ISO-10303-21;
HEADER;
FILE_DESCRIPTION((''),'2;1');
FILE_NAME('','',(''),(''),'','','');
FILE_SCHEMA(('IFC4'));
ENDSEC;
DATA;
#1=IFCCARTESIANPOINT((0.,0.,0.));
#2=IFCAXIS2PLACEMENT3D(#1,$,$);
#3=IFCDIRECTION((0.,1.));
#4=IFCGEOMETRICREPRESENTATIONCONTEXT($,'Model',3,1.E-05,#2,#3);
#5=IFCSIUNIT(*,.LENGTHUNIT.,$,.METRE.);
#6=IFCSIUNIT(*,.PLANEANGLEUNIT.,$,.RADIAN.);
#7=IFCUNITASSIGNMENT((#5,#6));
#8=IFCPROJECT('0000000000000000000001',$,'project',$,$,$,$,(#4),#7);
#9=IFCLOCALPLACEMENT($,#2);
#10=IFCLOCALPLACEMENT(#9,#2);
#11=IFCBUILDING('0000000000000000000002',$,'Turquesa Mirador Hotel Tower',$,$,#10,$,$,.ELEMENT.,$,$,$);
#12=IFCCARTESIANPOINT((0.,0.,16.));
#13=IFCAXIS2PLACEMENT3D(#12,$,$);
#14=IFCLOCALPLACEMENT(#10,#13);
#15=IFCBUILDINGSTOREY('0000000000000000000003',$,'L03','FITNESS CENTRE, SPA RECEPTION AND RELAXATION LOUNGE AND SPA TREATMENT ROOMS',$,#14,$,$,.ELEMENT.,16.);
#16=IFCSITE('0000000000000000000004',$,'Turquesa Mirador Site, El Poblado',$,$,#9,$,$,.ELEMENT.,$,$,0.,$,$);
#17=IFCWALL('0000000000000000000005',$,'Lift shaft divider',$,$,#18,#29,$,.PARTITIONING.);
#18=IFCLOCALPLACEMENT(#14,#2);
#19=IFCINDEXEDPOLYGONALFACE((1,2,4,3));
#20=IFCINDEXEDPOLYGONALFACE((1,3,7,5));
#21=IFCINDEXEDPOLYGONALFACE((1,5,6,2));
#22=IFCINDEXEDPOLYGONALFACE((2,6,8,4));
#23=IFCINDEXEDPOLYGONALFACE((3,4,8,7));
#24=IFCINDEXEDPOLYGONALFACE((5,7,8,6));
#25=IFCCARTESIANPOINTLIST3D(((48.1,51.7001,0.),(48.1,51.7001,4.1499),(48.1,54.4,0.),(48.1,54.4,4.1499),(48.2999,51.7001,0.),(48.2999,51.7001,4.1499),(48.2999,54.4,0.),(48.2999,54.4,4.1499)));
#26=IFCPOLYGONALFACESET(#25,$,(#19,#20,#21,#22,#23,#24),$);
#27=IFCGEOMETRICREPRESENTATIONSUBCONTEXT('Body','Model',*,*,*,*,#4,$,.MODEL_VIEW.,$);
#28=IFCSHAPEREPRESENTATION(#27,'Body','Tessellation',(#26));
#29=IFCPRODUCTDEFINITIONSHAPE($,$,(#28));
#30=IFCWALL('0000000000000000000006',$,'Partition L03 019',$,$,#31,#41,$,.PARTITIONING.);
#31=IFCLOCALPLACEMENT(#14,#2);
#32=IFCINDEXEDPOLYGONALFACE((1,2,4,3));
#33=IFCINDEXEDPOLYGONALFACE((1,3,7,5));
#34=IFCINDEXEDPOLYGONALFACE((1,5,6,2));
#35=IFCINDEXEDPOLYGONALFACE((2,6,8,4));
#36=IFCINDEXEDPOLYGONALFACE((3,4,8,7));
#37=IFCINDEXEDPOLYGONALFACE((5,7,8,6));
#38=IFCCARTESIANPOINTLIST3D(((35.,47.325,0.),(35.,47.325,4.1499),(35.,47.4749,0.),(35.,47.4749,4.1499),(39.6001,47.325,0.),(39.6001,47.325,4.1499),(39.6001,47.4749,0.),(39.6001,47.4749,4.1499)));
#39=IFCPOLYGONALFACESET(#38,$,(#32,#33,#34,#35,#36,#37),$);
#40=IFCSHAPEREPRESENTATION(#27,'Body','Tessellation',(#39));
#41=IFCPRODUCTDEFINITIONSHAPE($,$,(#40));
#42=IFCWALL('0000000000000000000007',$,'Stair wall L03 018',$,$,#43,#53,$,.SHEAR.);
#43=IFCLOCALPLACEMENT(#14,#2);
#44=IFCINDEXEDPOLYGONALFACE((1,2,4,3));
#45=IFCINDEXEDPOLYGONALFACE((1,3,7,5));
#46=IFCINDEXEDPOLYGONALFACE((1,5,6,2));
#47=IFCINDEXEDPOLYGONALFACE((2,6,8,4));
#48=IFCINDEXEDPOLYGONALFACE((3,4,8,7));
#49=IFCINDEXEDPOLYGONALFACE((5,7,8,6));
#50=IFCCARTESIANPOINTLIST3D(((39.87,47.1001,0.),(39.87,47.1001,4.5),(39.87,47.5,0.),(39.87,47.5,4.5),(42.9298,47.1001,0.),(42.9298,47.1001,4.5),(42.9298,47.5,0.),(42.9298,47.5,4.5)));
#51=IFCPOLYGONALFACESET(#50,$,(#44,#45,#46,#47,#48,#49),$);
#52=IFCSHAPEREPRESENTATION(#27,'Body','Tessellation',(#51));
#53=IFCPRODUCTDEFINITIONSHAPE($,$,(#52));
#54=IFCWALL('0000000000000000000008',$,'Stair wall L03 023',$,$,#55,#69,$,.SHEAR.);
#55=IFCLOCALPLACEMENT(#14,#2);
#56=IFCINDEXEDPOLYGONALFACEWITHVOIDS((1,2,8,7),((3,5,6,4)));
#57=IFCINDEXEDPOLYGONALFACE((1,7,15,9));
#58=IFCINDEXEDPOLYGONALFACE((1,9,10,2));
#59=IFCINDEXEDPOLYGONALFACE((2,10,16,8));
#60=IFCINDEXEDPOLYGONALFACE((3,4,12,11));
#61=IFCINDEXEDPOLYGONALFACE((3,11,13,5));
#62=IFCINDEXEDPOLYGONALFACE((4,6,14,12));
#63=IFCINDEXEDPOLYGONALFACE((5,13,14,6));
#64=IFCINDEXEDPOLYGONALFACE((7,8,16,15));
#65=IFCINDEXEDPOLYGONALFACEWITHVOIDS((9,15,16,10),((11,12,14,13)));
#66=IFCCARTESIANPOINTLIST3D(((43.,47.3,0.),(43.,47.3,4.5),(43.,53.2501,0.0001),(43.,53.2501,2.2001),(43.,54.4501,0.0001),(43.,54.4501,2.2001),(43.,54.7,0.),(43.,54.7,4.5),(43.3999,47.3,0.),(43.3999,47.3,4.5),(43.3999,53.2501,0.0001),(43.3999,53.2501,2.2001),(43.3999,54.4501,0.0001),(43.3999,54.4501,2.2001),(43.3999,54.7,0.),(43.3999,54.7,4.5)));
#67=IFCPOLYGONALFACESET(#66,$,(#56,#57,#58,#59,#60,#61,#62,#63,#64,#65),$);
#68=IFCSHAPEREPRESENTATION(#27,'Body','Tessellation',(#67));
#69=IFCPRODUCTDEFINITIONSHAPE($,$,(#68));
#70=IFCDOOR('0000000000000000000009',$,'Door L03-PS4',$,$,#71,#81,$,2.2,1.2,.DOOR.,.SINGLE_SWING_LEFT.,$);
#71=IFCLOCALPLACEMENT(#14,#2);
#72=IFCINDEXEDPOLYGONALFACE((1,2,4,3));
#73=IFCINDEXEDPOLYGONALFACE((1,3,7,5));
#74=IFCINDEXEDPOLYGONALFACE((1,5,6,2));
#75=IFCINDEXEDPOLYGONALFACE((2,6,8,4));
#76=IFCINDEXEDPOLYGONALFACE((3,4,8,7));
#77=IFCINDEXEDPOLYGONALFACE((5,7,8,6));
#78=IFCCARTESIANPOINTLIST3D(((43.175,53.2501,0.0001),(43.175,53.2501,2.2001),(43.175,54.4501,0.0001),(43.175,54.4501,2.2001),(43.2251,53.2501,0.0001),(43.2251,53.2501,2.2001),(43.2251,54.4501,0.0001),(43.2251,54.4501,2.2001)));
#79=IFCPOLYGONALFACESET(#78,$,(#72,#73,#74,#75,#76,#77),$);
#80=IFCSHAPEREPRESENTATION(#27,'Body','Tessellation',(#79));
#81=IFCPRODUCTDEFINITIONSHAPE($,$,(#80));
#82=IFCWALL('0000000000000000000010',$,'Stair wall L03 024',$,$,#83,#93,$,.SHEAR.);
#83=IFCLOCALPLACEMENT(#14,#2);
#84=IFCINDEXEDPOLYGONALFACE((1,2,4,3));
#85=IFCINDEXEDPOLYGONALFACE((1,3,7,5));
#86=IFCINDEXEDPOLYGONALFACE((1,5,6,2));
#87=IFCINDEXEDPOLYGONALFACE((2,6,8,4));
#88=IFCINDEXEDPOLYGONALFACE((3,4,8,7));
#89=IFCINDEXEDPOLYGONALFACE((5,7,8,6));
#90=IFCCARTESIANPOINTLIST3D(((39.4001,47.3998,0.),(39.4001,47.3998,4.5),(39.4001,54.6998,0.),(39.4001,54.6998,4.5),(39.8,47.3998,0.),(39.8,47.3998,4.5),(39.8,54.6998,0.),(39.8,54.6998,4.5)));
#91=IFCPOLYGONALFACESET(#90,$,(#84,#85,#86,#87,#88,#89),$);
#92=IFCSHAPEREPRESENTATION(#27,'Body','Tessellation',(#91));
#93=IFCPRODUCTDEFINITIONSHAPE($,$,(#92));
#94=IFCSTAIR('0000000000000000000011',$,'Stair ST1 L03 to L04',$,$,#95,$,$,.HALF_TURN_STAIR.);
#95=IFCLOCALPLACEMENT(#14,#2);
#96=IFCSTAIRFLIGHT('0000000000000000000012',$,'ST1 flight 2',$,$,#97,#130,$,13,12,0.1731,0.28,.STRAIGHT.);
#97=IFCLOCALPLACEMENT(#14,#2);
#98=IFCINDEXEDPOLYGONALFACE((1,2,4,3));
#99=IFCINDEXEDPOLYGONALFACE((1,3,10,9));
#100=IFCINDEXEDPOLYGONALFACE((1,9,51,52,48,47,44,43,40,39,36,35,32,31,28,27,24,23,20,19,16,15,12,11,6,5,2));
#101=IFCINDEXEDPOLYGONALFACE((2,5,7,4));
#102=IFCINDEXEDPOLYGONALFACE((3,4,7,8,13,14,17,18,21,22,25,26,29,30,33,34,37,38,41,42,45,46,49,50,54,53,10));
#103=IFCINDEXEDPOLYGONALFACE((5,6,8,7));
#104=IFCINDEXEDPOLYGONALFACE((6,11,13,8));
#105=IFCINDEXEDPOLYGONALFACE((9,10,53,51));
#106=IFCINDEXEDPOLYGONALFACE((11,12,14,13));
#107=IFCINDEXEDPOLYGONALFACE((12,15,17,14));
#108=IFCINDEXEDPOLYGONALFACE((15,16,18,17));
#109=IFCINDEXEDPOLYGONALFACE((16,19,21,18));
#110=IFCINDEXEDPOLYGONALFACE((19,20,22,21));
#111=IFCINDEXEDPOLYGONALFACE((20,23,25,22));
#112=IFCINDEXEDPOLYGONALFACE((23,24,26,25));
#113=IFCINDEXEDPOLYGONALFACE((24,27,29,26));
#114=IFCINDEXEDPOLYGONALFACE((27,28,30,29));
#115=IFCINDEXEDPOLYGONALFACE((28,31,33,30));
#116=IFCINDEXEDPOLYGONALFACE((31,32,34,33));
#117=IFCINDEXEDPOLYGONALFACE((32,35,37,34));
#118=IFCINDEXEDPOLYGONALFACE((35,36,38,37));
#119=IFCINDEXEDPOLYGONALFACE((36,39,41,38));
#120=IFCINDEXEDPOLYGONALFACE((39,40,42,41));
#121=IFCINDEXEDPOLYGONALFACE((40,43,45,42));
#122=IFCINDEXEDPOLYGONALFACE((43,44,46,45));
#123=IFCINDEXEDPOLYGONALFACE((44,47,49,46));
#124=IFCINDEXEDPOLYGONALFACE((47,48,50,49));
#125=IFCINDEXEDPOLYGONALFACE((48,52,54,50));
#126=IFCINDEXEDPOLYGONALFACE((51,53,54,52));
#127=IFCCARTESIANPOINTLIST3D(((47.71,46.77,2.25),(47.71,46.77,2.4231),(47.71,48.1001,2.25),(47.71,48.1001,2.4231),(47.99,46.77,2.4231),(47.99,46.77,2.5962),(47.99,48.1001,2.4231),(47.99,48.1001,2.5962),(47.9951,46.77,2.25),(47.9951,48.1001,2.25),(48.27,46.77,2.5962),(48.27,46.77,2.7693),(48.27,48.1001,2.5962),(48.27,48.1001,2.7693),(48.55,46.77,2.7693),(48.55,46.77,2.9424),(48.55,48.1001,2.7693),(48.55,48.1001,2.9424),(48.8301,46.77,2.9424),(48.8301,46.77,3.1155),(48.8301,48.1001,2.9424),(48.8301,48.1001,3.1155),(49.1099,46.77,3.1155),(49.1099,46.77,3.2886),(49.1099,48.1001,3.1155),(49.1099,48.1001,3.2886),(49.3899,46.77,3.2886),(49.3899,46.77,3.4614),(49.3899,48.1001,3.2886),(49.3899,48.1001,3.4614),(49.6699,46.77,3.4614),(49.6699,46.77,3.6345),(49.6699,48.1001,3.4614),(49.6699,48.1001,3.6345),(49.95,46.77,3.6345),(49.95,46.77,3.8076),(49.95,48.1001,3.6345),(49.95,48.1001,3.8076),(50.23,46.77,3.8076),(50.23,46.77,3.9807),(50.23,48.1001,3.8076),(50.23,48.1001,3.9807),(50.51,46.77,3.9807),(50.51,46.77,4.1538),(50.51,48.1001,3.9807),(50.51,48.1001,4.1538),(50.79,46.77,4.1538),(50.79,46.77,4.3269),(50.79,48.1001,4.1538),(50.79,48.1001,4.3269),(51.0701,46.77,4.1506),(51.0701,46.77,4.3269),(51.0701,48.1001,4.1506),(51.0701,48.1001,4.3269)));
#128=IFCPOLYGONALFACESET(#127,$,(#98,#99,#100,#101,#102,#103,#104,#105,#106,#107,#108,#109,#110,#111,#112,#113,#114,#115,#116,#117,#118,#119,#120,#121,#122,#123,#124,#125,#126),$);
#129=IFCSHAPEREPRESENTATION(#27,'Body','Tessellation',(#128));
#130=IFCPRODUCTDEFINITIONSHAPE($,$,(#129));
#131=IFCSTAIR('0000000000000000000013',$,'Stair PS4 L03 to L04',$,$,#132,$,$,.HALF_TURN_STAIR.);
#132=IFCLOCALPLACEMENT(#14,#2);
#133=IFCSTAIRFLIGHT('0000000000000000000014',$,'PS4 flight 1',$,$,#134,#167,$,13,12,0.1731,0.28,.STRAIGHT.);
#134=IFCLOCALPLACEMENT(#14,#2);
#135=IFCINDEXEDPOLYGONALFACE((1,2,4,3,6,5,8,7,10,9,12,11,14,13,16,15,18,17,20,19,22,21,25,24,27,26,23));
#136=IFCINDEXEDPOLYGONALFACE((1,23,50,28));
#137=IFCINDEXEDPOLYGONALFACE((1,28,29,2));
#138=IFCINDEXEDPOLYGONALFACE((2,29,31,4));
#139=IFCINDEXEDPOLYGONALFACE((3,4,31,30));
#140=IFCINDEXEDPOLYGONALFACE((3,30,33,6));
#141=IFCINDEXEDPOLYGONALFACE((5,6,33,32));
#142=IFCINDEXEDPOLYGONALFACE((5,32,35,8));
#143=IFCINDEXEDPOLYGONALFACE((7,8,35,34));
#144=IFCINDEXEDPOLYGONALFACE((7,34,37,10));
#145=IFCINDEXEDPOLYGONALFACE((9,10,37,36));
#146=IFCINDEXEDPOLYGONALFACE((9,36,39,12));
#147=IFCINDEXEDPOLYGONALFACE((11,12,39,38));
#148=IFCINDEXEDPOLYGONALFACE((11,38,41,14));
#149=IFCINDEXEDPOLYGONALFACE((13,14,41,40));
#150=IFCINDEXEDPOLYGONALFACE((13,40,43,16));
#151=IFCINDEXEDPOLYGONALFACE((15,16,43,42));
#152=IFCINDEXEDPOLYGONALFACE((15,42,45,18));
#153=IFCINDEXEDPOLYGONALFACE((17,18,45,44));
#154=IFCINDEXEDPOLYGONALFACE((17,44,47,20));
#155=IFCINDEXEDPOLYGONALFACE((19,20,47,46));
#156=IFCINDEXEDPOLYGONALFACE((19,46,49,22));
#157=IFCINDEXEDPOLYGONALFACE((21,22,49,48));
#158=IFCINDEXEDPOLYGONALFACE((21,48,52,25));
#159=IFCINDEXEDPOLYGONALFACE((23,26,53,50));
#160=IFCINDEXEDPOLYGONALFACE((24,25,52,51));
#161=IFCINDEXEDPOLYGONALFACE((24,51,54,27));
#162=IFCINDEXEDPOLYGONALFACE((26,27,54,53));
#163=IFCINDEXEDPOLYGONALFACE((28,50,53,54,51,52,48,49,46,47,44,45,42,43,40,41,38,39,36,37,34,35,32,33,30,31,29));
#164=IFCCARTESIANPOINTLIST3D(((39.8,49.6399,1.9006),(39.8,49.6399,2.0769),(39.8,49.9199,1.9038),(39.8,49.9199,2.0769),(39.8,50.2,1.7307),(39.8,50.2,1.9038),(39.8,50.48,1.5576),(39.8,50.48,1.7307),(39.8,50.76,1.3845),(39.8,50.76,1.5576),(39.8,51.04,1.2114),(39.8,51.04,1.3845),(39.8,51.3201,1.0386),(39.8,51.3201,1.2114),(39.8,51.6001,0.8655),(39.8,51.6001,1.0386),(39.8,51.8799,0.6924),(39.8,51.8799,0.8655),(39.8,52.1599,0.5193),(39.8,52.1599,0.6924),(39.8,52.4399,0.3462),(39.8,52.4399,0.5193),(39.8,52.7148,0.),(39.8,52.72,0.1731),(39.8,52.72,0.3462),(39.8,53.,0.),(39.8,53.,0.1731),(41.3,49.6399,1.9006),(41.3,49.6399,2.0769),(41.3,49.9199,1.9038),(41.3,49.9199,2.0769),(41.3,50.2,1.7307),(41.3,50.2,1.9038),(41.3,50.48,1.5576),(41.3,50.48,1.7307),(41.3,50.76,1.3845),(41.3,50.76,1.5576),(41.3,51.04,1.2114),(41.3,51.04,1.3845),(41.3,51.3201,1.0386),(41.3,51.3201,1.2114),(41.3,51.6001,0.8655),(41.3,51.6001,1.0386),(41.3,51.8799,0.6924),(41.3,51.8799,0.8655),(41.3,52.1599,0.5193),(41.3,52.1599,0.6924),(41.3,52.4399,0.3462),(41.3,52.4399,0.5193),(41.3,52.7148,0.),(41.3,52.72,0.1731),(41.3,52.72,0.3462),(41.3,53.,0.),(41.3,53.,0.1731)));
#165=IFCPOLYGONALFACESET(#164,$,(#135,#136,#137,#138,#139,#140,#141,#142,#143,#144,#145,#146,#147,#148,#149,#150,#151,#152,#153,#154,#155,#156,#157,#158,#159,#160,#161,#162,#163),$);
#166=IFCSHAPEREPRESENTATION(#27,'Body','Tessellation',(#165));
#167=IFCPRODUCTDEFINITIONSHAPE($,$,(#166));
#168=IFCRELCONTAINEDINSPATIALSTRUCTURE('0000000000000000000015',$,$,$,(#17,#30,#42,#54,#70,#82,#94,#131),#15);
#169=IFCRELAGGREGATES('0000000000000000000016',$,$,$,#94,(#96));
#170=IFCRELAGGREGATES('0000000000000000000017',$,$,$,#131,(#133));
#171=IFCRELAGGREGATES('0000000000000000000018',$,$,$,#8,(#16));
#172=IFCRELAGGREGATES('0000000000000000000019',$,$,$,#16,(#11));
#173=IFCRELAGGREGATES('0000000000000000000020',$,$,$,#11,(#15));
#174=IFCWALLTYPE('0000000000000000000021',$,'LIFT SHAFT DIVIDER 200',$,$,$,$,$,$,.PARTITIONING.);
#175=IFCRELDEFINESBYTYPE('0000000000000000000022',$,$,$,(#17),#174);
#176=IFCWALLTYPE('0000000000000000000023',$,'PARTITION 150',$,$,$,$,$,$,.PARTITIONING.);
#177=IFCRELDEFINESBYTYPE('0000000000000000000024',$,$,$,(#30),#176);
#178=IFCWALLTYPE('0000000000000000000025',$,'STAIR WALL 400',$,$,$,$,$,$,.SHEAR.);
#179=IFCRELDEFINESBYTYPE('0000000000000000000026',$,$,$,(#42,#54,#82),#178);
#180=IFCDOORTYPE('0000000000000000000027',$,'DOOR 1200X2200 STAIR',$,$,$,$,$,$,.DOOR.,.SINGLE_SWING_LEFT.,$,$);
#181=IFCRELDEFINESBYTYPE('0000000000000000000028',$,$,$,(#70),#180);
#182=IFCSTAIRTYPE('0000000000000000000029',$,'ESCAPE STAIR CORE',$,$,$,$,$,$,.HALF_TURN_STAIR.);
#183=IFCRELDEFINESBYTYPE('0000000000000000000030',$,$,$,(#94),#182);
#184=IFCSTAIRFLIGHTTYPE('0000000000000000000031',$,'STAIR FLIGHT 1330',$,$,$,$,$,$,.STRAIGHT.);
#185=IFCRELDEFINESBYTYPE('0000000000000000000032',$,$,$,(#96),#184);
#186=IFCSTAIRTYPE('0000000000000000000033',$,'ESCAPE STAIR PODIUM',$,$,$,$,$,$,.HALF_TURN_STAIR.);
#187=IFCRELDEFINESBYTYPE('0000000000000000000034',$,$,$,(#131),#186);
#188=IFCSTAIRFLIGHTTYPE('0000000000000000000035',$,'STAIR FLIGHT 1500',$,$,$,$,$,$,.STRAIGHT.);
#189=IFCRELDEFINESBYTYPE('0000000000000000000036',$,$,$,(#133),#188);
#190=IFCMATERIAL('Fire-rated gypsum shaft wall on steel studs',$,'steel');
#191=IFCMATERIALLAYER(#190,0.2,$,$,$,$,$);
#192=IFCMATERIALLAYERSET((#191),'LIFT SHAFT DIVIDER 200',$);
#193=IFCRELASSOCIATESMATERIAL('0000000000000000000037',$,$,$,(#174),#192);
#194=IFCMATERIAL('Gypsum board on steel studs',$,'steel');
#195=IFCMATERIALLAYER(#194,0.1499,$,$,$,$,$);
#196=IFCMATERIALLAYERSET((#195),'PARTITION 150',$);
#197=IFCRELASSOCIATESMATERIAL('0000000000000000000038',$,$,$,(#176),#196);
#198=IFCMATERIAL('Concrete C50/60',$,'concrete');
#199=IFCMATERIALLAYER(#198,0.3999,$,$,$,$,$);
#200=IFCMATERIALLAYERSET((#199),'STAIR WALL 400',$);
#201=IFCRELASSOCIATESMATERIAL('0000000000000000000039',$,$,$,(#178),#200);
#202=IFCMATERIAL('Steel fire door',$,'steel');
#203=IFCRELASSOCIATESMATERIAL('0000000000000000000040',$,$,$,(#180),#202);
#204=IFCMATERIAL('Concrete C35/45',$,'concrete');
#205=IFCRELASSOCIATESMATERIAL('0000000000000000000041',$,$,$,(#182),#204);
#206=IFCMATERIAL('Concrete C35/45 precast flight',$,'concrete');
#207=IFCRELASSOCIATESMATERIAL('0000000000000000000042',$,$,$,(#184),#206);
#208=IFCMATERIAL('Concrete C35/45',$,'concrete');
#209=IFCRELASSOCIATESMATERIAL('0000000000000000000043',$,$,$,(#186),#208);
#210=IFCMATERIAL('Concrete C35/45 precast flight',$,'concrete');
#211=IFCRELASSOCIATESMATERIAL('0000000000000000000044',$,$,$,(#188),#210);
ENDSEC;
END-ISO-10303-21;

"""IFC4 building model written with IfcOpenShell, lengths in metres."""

from ifc_helpers import new_model, si_unit, direction, frame, frame_2d, origin, place, context, subcontext, project, spatial, polyline, rectangle, outline, extrude, material, layer, layer_set, type_object, element, fill, aggregate, save


model = new_model("IFC4")

# Units and contexts
model_context = context("Model", 3, precision=1e-05, world=origin(), true_north=direction((0.0, 1.0)))
body_context = subcontext(model_context, "Body", "Model", "MODEL_VIEW")
ifc_project = project(units=[si_unit("LENGTHUNIT", "METRE"), si_unit("PLANEANGLEUNIT", "RADIAN")], contexts=[model_context])

# Site, building, storey
site_placement = place(None, origin())
site = spatial("IfcSite", under=ifc_project, at=site_placement, Name="Turquesa Mirador Site, El Poblado", CompositionType="ELEMENT", RefElevation=0.0)
building_placement = place(site_placement, origin())
building = spatial("IfcBuilding", under=site, at=building_placement, Name="Turquesa Mirador Hotel Tower", CompositionType="ELEMENT")
storey_placement = place(building_placement, frame((0.0, 0.0, 16.0)))
storey = spatial("IfcBuildingStorey", under=building, at=storey_placement, Name="L03", Description="FITNESS CENTRE, SPA RECEPTION AND RELAXATION LOUNGE AND SPA TREATMENT ROOMS", CompositionType="ELEMENT", Elevation=16.0)

# Walls
ifc_material_1 = material(Name="Fire-rated gypsum shaft wall on steel studs", Category="steel")
ifc_layer_1 = layer(ifc_material_1, 0.2)
ifc_layer_set_1 = layer_set([ifc_layer_1], Name="LIFT SHAFT DIVIDER 200")
wall_type_1 = type_object("IfcWallType", Name="LIFT SHAFT DIVIDER 200", PredefinedType="PARTITIONING", material=ifc_layer_set_1)
wall_1_placement = place(storey_placement, frame((48.2, 51.7, 0.0), z_axis=(0.0, 0.0, 1.0), x_axis=(0.0, 1.0, 0.0)))
element("IfcWall", 1, at=wall_1_placement, inside=storey, type_object=wall_type_1, Name="Lift shaft divider", PredefinedType="PARTITIONING", context=body_context, shape_type="SweptSolid", body=[
    extrude(rectangle(XDim=2.7, YDim=0.2, at=frame_2d((1.3501, 0.0))), origin(), (0.0, 0.0, 1.0), 4.1499),
])
ifc_material_2 = material(Name="Gypsum board on steel studs", Category="steel")
ifc_layer_2 = layer(ifc_material_2, 0.1499)
ifc_layer_set_2 = layer_set([ifc_layer_2], Name="PARTITION 150")
wall_type_2 = type_object("IfcWallType", Name="PARTITION 150", PredefinedType="PARTITIONING", material=ifc_layer_set_2)
wall_2_placement = place(storey_placement, frame((35.0, 47.3999, 0.0), z_axis=(0.0, 0.0, 1.0), x_axis=(1.0, 0.0, 0.0)))
element("IfcWall", 2, at=wall_2_placement, inside=storey, type_object=wall_type_2, Name="Partition L03 019", PredefinedType="PARTITIONING", context=body_context, shape_type="SweptSolid", body=[
    extrude(rectangle(XDim=4.6001, YDim=0.1499, at=frame_2d((2.3, 0.0))), origin(), (0.0, 0.0, 1.0), 4.1499),
])
ifc_material_3 = material(Name="Concrete C50/60", Category="concrete")
ifc_layer_3 = layer(ifc_material_3, 0.3999)
ifc_layer_set_3 = layer_set([ifc_layer_3], Name="STAIR WALL 400")
wall_type_3 = type_object("IfcWallType", Name="STAIR WALL 400", PredefinedType="SHEAR", material=ifc_layer_set_3)
wall_3_placement = place(storey_placement, frame((39.8701, 47.3, 0.0), z_axis=(0.0, 0.0, 1.0), x_axis=(1.0, 0.0, 0.0)))
element("IfcWall", 3, at=wall_3_placement, inside=storey, type_object=wall_type_3, Name="Stair wall L03 018", PredefinedType="SHEAR", context=body_context, shape_type="SweptSolid", body=[
    extrude(rectangle(XDim=3.0598, YDim=0.3999, at=frame_2d((1.5298, 0.0))), origin(), (0.0, 0.0, 1.0), 4.5),
])

# Wall, opening, door
wall_4_placement = place(storey_placement, frame((43.2, 47.3, 0.0), z_axis=(0.0, 0.0, 1.0), x_axis=(0.0, 1.0, 0.0)))
wall_4 = element("IfcWall", 4, at=wall_4_placement, inside=storey, type_object=wall_type_3, Name="Stair wall L03 023", PredefinedType="SHEAR", context=body_context, shape_type="SweptSolid", body=[
    extrude(rectangle(XDim=7.3999, YDim=0.3999, at=frame_2d((3.7, 0.0))), origin(), (0.0, 0.0, 1.0), 4.5),
])
opening_1_placement = place(wall_4_placement, frame((5.95, 0.0, 0.0)))
opening_1 = element("IfcOpeningElement", 5, at=opening_1_placement, cuts=wall_4, PredefinedType="OPENING", context=body_context, shape_type="SweptSolid", body=[
    extrude(rectangle(XDim=1.2, YDim=2.2, at=frame_2d((0.6001, 1.1001))), frame((0.0, 0.21, 0.0), z_axis=(0.0, -1.0, 0.0), x_axis=(1.0, 0.0, 0.0)), (0.0, 0.0, 1.0), 0.4199),
])
ifc_material_4 = material(Name="Steel fire door", Category="steel")
door_type_1 = type_object("IfcDoorType", Name="DOOR 1200X2200 STAIR", OperationType="SINGLE_SWING_LEFT", PredefinedType="DOOR", material=ifc_material_4)
door_1_placement = place(opening_1_placement, origin())
door_1 = element("IfcDoor", 6, at=door_1_placement, inside=storey, type_object=door_type_1, Name="Door L03-PS4", OperationType="SINGLE_SWING_LEFT", OverallHeight=2.2, OverallWidth=1.2, PredefinedType="DOOR", context=body_context, shape_type="SweptSolid", body=[
    extrude(rectangle(XDim=1.2, YDim=2.2, at=frame_2d((0.6001, 1.1001))), frame((0.0, 0.0249, 0.0), z_axis=(0.0, -1.0, 0.0), x_axis=(1.0, 0.0, 0.0)), (0.0, 0.0, 1.0), 0.05),
])
fill(opening_1, door_1)

# Wall
wall_5_placement = place(storey_placement, frame((39.6001, 47.3999, 0.0), z_axis=(0.0, 0.0, 1.0), x_axis=(0.0, 1.0, 0.0)))
element("IfcWall", 7, at=wall_5_placement, inside=storey, type_object=wall_type_3, Name="Stair wall L03 024", PredefinedType="SHEAR", context=body_context, shape_type="SweptSolid", body=[
    extrude(rectangle(XDim=7.3, YDim=0.3999, at=frame_2d((3.6499, 0.0))), origin(), (0.0, 0.0, 1.0), 4.5),
])

# Stair, stair flight
ifc_material_5 = material(Name="Concrete C35/45", Category="concrete")
stair_type_1 = type_object("IfcStairType", Name="ESCAPE STAIR CORE", PredefinedType="HALF_TURN_STAIR", material=ifc_material_5)
stair_1_placement = place(storey_placement, origin())
stair_1 = element("IfcStair", 8, at=stair_1_placement, inside=storey, type_object=stair_type_1, Name="Stair ST1 L03 to L04", PredefinedType="HALF_TURN_STAIR")
ifc_material_6 = material(Name="Concrete C35/45 precast flight", Category="concrete")
stair_flight_type_1 = type_object("IfcStairFlightType", Name="STAIR FLIGHT 1330", PredefinedType="STRAIGHT", material=ifc_material_6)
stair_flight_1_placement = place(storey_placement, frame((47.71, 47.4351, 2.25), z_axis=(0.0, 0.0, 1.0), x_axis=(1.0, 0.0, 0.0)))
stair_flight_1 = element("IfcStairFlight", 9, at=stair_flight_1_placement, type_object=stair_flight_type_1, Name="ST1 flight 2", NumberOfRisers=13, NumberOfTreads=12, PredefinedType="STRAIGHT", RiserHeight=0.1731, TreadLength=0.28, context=body_context, shape_type="SweptSolid", body=[
    extrude(outline(polyline([(0.0, 0.0), (0.0, 0.1731), (0.28, 0.1731), (0.28, 0.3462), (0.5601, 0.3462), (0.5601, 0.5193), (0.8401, 0.5193), (0.8401, 0.6924), (1.1201, 0.6924), (1.1201, 0.8655), (1.3999, 0.8655), (1.3999, 1.0386), (1.6799, 1.0386), (1.6799, 1.2114), (1.96, 1.2114), (1.96, 1.3845), (2.24, 1.3845), (2.24, 1.5576), (2.52, 1.5576), (2.52, 1.7307), (2.8, 1.7307), (2.8, 1.9038), (3.0801, 1.9038), (3.0801, 2.0769), (3.3601, 2.0769), (3.3601, 2.25), (3.3601, 1.9006), (0.2852, 0.0), (0.0, 0.0)])), frame((0.0, 0.665, 0.0), z_axis=(0.0, -1.0, 0.0), x_axis=(1.0, 0.0, 0.0)), (0.0, 0.0, 1.0), 1.3301),
])
aggregate(stair_1, [stair_flight_1])

# Stair, stair flight
ifc_material_7 = material(Name="Concrete C35/45", Category="concrete")
stair_type_2 = type_object("IfcStairType", Name="ESCAPE STAIR PODIUM", PredefinedType="HALF_TURN_STAIR", material=ifc_material_7)
stair_2_placement = place(storey_placement, origin())
stair_2 = element("IfcStair", 10, at=stair_2_placement, inside=storey, type_object=stair_type_2, Name="Stair PS4 L03 to L04", PredefinedType="HALF_TURN_STAIR")
ifc_material_8 = material(Name="Concrete C35/45 precast flight", Category="concrete")
stair_flight_type_2 = type_object("IfcStairFlightType", Name="STAIR FLIGHT 1500", PredefinedType="STRAIGHT", material=ifc_material_8)
stair_flight_2_placement = place(storey_placement, frame((40.55, 53.0, 0.0), z_axis=(0.0, 0.0, 1.0), x_axis=(0.0, -1.0, 0.0)))
stair_flight_2 = element("IfcStairFlight", 11, at=stair_flight_2_placement, type_object=stair_flight_type_2, Name="PS4 flight 1", NumberOfRisers=13, NumberOfTreads=12, PredefinedType="STRAIGHT", RiserHeight=0.1731, TreadLength=0.28, context=body_context, shape_type="SweptSolid", body=[
    extrude(outline(polyline([(0.0, 0.0), (0.0, 0.1731), (0.28, 0.1731), (0.28, 0.3462), (0.5601, 0.3462), (0.5601, 0.5193), (0.8401, 0.5193), (0.8401, 0.6924), (1.1201, 0.6924), (1.1201, 0.8655), (1.3999, 0.8655), (1.3999, 1.0386), (1.6799, 1.0386), (1.6799, 1.2114), (1.96, 1.2114), (1.96, 1.3845), (2.24, 1.3845), (2.24, 1.5576), (2.52, 1.5576), (2.52, 1.7307), (2.8, 1.7307), (2.8, 1.9038), (3.0801, 1.9038), (3.0801, 2.0769), (3.3601, 2.0769), (3.3601, 2.25), (3.3601, 1.9006), (0.2852, 0.0), (0.0, 0.0)])), frame((0.0, 0.75, 0.0), z_axis=(0.0, -1.0, 0.0), x_axis=(1.0, 0.0, 0.0)), (0.0, 0.0, 1.0), 1.5),
])
aggregate(stair_2, [stair_flight_2])

save(model, "model.ifc")
